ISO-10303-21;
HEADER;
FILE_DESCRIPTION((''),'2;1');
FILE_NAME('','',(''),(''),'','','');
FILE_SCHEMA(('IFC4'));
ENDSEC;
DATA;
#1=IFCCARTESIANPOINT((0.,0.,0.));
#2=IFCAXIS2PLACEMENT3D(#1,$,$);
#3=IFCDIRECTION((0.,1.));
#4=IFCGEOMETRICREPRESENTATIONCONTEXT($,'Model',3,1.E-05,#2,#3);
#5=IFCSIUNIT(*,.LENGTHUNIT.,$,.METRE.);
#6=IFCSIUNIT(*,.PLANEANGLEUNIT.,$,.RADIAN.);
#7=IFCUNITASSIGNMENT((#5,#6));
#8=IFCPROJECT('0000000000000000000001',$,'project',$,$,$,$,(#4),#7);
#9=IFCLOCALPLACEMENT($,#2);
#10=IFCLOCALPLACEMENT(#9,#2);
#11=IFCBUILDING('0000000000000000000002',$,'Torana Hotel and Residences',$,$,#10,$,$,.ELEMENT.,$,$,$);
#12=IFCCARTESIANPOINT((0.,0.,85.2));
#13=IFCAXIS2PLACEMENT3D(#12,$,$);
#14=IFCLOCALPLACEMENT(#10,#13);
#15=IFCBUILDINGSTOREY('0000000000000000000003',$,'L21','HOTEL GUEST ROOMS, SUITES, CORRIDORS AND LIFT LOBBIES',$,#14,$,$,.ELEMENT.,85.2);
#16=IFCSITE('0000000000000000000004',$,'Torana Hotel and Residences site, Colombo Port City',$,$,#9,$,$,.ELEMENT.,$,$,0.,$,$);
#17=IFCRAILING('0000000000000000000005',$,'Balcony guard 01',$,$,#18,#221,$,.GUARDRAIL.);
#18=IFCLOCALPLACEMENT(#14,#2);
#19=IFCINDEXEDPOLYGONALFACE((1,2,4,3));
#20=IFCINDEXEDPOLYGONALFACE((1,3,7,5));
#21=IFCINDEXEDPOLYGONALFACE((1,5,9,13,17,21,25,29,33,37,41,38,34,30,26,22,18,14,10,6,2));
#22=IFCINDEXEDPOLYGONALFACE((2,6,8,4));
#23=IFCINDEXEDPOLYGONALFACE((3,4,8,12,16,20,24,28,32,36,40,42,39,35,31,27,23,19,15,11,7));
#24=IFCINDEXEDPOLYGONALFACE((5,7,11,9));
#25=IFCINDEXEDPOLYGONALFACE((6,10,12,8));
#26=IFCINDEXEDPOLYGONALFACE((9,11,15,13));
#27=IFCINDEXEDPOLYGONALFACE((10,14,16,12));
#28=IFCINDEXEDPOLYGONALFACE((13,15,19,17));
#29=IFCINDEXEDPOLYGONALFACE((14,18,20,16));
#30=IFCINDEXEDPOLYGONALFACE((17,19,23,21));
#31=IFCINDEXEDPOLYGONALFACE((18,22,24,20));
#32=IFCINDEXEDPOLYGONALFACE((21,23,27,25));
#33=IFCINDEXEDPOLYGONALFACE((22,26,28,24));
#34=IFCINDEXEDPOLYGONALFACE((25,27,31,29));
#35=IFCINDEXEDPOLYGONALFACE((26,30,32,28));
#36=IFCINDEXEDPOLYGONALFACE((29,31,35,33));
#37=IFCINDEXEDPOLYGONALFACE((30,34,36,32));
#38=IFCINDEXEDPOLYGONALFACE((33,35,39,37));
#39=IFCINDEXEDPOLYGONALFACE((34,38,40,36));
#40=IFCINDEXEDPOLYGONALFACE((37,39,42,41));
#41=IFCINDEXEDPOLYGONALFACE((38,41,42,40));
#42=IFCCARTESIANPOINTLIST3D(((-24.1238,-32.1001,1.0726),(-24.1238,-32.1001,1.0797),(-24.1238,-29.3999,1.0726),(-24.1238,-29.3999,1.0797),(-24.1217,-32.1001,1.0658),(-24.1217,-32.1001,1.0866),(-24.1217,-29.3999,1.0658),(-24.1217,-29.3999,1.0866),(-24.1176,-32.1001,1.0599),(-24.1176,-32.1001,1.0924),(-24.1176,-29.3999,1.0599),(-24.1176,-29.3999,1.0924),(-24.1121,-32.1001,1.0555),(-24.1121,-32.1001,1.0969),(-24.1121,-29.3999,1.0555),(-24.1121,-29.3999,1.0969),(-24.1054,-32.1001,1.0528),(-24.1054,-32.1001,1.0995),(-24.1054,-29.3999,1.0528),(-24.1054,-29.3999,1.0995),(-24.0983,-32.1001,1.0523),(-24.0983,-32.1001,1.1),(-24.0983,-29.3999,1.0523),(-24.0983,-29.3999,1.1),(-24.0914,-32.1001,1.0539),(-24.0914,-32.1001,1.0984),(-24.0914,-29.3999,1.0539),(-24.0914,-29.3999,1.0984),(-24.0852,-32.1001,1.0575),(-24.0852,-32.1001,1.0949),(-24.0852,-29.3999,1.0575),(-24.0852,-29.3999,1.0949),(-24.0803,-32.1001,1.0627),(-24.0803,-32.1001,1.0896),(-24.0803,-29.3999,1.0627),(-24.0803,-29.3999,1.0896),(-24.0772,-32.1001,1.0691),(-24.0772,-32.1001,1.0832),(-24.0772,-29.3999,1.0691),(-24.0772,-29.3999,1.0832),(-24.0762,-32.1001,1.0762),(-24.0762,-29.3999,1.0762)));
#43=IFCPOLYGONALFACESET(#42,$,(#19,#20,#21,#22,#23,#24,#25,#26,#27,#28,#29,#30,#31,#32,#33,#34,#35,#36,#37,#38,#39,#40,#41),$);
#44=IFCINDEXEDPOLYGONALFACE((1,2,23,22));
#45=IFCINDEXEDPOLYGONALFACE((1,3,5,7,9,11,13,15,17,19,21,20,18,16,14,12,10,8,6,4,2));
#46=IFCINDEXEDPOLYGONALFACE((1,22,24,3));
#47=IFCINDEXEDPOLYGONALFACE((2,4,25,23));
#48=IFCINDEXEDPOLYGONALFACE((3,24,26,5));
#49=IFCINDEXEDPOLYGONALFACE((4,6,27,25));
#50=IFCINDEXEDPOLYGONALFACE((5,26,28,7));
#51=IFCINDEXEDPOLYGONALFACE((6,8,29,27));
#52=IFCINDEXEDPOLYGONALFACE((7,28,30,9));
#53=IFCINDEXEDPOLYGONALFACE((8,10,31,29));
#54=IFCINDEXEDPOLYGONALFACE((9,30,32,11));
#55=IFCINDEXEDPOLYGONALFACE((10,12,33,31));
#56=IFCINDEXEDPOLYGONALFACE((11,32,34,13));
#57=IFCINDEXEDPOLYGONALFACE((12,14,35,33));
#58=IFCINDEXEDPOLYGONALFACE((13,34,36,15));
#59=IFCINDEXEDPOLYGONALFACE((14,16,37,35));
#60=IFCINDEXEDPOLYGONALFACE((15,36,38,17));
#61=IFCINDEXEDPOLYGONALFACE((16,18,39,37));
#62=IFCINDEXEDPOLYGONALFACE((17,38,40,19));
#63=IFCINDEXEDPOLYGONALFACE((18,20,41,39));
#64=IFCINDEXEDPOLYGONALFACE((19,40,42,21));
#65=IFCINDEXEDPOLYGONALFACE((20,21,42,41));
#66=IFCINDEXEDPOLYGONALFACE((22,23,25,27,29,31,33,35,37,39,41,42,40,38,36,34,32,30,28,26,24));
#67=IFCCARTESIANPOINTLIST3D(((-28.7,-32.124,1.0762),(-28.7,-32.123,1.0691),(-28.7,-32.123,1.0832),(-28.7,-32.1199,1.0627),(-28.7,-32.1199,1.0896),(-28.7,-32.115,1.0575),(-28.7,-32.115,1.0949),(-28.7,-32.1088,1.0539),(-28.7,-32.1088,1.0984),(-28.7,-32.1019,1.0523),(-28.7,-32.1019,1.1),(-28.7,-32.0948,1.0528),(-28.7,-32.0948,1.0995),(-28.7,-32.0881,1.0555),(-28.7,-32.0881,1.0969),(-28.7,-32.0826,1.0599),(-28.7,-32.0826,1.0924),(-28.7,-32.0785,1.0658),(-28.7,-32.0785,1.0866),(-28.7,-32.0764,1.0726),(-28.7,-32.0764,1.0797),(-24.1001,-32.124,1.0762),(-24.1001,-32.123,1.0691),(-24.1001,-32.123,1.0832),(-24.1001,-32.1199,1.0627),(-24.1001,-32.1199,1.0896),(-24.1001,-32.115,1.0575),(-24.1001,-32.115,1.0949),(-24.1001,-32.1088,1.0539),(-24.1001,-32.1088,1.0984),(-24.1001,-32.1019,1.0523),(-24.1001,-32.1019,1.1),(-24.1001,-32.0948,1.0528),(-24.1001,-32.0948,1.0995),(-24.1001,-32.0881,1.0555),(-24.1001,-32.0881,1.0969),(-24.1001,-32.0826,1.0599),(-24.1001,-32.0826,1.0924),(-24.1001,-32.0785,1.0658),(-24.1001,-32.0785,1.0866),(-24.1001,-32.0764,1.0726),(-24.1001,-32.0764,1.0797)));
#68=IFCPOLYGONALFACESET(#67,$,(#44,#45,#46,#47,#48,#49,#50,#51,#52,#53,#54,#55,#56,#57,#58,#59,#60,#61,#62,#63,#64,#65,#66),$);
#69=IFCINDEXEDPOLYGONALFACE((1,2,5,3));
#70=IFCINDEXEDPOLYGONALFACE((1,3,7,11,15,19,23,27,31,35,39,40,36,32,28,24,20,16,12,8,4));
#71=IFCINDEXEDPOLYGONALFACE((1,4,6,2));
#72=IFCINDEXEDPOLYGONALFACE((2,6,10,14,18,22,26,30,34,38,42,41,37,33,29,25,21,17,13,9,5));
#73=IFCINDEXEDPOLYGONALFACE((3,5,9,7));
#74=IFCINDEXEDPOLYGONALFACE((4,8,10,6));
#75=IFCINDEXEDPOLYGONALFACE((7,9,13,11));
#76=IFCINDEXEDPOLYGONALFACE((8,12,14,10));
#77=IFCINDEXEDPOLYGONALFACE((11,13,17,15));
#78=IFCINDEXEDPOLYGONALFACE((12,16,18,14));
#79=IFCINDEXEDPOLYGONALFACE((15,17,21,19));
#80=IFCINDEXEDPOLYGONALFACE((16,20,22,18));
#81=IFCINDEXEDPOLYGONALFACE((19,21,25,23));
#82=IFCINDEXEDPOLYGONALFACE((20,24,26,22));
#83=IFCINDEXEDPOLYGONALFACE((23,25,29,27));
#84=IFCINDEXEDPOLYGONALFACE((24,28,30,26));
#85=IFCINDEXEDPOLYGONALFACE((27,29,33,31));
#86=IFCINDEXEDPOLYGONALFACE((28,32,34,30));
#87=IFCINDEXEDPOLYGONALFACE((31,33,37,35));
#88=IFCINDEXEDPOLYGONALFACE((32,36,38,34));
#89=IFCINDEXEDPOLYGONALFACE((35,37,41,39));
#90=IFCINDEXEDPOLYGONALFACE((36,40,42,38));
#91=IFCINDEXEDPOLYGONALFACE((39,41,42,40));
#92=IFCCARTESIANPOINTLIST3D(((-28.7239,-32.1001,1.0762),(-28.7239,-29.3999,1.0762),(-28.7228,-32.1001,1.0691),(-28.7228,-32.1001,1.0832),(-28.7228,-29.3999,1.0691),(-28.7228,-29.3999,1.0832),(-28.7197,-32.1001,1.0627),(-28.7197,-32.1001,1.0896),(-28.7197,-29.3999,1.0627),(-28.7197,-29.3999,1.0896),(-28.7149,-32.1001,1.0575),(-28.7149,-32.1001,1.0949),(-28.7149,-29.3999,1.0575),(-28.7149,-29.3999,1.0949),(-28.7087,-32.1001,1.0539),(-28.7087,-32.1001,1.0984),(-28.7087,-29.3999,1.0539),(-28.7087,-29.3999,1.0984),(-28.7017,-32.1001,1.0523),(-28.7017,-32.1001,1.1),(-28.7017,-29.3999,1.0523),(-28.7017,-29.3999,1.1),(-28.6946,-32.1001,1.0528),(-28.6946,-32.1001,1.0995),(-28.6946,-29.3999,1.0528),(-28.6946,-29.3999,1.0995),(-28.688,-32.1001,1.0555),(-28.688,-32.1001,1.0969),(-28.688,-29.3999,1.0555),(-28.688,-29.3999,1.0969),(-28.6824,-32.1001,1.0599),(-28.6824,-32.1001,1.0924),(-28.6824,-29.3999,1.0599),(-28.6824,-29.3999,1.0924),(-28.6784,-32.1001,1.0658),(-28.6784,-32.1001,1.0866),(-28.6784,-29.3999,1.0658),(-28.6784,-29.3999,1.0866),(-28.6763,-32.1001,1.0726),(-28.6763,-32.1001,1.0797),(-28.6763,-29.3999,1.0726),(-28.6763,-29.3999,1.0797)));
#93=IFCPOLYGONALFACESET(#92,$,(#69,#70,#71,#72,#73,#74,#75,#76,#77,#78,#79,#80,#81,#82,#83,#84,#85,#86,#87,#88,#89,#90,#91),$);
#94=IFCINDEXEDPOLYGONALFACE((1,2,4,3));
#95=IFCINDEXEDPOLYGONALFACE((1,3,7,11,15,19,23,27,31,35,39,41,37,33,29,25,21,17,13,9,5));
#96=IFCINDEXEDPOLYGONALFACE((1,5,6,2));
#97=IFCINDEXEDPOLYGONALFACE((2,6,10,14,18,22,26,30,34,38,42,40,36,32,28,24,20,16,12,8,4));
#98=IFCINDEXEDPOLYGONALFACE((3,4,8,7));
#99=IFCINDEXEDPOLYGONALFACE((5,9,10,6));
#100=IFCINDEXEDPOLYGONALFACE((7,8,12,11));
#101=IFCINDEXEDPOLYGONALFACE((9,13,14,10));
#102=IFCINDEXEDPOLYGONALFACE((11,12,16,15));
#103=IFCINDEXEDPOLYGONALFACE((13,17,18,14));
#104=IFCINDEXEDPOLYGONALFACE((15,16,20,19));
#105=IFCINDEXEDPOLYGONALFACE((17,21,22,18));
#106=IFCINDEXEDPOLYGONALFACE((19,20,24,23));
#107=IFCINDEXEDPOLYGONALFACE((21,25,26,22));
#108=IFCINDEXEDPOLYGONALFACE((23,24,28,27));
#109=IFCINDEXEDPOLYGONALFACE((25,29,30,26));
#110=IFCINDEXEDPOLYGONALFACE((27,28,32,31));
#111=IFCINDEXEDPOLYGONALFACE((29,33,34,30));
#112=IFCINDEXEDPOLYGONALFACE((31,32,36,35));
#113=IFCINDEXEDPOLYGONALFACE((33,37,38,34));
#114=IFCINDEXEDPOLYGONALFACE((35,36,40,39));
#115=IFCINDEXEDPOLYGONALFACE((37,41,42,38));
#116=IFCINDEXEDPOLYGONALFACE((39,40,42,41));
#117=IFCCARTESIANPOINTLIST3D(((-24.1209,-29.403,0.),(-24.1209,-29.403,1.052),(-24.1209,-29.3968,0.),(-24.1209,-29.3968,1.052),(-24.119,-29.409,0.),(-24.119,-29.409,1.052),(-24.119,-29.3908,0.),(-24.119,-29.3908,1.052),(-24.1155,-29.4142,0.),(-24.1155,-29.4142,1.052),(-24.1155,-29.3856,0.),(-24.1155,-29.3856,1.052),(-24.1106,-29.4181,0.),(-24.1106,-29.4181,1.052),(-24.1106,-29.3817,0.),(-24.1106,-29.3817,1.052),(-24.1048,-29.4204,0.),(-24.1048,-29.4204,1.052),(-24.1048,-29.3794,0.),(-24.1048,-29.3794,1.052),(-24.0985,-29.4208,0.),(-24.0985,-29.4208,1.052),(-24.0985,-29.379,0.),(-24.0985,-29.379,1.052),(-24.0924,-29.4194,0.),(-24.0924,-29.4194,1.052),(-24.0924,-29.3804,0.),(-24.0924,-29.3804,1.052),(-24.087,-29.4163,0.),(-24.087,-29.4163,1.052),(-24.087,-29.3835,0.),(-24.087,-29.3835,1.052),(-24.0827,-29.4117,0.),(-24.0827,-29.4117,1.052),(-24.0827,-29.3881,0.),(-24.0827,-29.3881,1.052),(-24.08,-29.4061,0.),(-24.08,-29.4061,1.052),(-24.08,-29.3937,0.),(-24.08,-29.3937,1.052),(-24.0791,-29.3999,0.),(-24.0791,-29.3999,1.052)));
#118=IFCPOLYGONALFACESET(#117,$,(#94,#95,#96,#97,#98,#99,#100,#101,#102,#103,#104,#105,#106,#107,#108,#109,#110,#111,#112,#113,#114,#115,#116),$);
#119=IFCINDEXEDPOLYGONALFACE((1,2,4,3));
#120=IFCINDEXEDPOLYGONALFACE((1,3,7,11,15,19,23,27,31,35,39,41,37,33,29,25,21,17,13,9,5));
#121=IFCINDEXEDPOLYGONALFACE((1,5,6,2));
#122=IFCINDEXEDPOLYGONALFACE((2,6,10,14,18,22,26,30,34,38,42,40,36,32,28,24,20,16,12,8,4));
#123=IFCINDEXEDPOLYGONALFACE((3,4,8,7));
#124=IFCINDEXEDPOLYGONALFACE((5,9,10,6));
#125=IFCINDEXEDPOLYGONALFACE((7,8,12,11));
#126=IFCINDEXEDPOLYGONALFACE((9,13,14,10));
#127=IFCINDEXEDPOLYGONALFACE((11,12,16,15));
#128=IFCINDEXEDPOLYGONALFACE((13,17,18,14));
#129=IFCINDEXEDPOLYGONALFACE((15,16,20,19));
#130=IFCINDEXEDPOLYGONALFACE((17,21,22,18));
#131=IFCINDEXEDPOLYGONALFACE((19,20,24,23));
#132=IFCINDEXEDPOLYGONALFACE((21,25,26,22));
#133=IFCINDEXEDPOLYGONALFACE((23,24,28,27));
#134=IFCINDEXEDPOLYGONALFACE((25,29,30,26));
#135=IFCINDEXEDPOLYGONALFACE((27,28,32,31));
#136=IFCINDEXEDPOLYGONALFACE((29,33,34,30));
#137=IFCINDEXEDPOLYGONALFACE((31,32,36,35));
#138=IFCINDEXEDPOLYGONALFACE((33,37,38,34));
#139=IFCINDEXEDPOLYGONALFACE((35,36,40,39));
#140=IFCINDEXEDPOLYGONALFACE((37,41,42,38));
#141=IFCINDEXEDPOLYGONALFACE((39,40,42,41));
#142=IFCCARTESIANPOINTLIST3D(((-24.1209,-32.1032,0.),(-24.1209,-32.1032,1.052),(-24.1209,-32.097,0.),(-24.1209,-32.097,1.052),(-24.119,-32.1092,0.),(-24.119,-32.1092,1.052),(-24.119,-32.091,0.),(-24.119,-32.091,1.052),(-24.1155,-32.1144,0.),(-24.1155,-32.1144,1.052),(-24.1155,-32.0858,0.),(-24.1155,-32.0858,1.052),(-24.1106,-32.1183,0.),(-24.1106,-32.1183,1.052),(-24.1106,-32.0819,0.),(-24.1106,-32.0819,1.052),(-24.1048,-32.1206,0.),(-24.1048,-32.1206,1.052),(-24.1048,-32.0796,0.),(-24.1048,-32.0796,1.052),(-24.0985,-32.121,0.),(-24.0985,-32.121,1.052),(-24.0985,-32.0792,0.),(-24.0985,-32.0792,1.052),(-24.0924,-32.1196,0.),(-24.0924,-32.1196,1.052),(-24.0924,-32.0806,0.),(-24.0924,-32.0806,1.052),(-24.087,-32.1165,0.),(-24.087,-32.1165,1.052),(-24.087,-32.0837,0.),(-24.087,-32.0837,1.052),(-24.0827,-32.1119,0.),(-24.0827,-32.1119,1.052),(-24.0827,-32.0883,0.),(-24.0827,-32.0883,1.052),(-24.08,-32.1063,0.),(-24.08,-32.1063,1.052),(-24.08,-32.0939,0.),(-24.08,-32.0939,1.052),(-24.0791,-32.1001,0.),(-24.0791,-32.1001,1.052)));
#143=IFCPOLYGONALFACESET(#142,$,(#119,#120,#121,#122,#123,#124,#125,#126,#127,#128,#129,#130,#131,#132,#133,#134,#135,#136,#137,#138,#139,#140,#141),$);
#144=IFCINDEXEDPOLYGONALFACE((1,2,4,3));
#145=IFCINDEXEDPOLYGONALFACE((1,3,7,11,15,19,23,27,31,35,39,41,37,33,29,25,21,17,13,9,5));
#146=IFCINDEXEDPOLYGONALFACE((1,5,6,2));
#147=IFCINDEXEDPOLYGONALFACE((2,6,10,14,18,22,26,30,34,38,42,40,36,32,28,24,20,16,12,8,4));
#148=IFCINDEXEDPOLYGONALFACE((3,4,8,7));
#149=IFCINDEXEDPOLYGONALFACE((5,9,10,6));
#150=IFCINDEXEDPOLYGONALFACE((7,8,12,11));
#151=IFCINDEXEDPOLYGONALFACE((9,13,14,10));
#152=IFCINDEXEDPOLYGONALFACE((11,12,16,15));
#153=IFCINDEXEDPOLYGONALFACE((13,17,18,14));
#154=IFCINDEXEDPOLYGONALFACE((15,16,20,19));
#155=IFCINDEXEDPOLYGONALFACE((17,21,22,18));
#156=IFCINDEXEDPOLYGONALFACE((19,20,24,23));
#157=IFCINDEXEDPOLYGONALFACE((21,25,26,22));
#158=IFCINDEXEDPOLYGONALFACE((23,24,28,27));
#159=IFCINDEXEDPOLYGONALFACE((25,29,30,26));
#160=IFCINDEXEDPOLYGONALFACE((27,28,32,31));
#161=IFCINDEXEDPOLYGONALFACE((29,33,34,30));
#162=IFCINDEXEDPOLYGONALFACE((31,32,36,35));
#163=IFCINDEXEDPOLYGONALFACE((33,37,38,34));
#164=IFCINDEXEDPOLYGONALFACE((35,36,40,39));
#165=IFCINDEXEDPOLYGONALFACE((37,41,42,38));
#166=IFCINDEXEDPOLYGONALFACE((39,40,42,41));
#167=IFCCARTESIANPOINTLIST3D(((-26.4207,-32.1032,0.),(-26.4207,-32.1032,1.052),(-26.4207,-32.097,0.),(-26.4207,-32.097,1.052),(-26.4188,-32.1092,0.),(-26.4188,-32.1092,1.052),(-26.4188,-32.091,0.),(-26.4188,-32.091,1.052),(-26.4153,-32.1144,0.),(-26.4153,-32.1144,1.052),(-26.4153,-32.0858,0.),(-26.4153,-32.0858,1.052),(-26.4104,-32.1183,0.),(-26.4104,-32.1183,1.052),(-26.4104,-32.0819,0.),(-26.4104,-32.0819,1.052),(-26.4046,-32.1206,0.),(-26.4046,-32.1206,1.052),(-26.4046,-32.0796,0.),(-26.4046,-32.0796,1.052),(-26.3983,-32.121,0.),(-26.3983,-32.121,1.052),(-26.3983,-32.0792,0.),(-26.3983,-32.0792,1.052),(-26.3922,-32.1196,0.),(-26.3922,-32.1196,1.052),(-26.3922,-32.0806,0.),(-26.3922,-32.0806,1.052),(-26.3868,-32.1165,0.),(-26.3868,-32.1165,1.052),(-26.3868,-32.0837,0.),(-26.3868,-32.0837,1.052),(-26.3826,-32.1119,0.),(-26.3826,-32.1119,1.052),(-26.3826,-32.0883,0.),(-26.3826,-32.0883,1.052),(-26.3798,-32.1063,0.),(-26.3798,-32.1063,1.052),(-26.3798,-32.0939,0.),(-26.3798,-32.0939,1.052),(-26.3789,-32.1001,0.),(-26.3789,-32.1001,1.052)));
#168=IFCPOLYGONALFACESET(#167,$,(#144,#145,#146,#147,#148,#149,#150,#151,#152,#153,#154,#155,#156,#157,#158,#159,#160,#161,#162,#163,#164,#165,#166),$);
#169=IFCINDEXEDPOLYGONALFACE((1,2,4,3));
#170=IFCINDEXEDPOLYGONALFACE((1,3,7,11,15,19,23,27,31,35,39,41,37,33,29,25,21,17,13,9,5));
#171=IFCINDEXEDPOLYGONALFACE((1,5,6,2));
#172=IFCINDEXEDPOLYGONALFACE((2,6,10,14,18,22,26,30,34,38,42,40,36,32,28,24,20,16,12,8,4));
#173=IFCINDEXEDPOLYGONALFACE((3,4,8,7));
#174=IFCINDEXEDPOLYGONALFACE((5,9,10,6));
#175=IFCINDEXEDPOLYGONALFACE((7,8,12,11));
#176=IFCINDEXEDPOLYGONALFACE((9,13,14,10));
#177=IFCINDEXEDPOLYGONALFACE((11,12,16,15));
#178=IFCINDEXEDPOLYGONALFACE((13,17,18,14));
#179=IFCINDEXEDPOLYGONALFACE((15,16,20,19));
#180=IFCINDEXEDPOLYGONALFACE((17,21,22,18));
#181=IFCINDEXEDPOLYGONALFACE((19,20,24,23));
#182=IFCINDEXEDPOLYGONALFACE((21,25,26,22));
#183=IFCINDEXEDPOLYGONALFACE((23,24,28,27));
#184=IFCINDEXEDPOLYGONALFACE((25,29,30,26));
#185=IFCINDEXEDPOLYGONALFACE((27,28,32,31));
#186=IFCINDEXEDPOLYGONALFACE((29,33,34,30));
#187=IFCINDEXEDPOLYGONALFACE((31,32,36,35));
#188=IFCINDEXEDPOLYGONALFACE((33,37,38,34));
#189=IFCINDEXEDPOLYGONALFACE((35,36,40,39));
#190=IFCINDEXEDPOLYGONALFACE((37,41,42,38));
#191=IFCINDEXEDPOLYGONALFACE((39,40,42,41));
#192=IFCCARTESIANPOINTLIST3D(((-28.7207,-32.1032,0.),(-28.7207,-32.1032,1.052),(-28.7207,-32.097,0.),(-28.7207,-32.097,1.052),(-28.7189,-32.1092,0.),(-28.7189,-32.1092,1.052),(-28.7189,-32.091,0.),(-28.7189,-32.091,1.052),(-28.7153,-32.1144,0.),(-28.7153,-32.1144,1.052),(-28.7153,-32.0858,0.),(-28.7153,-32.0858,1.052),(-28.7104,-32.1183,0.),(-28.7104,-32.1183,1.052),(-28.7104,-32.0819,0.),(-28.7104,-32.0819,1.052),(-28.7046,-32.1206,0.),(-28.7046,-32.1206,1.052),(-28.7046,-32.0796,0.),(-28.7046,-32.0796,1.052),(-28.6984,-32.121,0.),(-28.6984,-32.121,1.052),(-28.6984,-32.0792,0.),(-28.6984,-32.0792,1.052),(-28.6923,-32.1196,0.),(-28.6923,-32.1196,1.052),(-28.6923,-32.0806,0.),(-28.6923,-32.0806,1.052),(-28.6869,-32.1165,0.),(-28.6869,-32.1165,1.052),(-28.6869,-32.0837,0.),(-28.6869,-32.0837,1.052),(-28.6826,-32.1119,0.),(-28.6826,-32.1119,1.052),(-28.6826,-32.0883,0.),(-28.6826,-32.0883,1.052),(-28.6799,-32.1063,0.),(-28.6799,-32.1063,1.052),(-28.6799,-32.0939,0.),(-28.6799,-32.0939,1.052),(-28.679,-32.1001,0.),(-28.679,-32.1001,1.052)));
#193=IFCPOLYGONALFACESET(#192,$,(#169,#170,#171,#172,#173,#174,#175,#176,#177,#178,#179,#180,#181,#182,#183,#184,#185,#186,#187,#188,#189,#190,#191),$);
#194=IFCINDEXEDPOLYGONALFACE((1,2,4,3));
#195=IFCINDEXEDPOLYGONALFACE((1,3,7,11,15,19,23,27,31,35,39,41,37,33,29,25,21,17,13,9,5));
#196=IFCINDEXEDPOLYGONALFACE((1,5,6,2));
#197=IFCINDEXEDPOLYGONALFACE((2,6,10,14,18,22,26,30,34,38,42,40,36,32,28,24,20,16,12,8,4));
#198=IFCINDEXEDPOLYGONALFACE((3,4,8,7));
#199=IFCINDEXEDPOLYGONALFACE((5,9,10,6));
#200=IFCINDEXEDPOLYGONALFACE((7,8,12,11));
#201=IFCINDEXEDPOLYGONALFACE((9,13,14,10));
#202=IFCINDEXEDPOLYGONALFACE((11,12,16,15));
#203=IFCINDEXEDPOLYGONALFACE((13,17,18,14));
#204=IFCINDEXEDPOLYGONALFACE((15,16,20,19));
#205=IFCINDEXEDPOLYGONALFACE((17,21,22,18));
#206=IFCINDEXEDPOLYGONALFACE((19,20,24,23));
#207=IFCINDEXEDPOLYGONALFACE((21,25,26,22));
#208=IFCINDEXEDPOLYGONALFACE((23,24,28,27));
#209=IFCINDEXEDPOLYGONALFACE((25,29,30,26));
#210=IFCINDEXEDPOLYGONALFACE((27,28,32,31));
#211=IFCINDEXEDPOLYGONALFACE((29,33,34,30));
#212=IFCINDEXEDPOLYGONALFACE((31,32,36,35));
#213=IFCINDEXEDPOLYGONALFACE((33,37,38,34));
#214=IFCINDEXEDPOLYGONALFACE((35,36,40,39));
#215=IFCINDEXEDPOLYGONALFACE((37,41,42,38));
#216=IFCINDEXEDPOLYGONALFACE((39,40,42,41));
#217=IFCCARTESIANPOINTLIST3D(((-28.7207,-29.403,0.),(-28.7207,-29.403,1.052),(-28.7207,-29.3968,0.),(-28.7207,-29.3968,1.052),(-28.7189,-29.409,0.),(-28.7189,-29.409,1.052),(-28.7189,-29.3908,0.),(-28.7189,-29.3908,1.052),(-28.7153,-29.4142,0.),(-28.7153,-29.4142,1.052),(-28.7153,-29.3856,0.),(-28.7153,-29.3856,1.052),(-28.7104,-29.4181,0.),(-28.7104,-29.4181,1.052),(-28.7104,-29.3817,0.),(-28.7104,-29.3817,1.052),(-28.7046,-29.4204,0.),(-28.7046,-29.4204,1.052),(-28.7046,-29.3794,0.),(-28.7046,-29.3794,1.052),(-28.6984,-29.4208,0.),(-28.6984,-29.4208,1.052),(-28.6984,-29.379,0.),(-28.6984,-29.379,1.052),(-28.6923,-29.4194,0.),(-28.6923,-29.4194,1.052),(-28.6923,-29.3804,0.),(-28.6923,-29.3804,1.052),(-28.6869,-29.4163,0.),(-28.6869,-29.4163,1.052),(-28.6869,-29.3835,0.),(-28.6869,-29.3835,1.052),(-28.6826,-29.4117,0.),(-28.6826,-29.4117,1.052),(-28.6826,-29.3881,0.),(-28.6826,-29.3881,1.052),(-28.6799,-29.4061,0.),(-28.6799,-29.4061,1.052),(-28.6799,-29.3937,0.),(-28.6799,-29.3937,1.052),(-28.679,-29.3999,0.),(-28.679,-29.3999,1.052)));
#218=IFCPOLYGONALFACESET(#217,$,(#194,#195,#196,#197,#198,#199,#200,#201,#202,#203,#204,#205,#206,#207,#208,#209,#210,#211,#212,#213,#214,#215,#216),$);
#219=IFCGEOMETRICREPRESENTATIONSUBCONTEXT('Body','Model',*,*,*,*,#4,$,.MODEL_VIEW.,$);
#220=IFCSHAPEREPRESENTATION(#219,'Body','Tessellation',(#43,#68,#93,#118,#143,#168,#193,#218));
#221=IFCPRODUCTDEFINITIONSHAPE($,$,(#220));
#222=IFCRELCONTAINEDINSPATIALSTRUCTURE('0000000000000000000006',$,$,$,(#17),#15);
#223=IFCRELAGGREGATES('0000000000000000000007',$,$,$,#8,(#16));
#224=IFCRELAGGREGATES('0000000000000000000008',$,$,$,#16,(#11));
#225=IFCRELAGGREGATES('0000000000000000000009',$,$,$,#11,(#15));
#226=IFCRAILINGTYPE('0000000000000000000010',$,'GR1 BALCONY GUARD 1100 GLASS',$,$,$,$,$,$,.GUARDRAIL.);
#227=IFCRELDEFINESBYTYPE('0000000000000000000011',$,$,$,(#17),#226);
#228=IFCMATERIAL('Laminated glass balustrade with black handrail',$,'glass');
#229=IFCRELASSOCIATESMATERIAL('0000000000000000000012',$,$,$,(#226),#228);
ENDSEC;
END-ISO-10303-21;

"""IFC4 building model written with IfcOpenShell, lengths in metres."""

from ifc_helpers import new_model, si_unit, direction, frame, origin, origin_2d, place, context, subcontext, project, spatial, circle, extrude, material, type_object, element, save


model = new_model("IFC4")

# Units and contexts
model_context = context("Model", 3, precision=1e-05, world=origin(), true_north=direction((0.0, 1.0)))
body_context = subcontext(model_context, "Body", "Model", "MODEL_VIEW")
ifc_project = project(units=[si_unit("LENGTHUNIT", "METRE"), si_unit("PLANEANGLEUNIT", "RADIAN")], contexts=[model_context])

# Site, building, storey
site_placement = place(None, origin())
site = spatial("IfcSite", under=ifc_project, at=site_placement, Name="Torana Hotel and Residences site, Colombo Port City", CompositionType="ELEMENT", RefElevation=0.0)
building_placement = place(site_placement, origin())
building = spatial("IfcBuilding", under=site, at=building_placement, Name="Torana Hotel and Residences", CompositionType="ELEMENT")
storey_placement = place(building_placement, frame((0.0, 0.0, 85.2)))
storey = spatial("IfcBuildingStorey", under=building, at=storey_placement, Name="L21", Description="HOTEL GUEST ROOMS, SUITES, CORRIDORS AND LIFT LOBBIES", CompositionType="ELEMENT", Elevation=85.2)

# Railing
ifc_material_1 = material(Name="Laminated glass balustrade with black handrail", Category="glass")
railing_type = type_object("IfcRailingType", Name="GR1 BALCONY GUARD 1100 GLASS", PredefinedType="GUARDRAIL", material=ifc_material_1)
railing_placement = place(storey_placement, frame((-24.1001, -29.3999, 0.0)))
element("IfcRailing", 1, at=railing_placement, inside=storey, type_object=railing_type, Name="Balcony guard 01", PredefinedType="GUARDRAIL", context=body_context, shape_type="SweptSolid", body=[
    extrude(circle(Radius=0.0239, at=origin_2d()), frame((0.0, 0.0, 1.0762), z_axis=(0.0, -1.0, 0.0), x_axis=(1.0, 0.0, 0.0)), (0.0, 0.0, 1.0), 2.7002),
    extrude(circle(Radius=0.0239, at=origin_2d()), frame((0.0, -2.7002, 1.0762), z_axis=(-1.0, 0.0, 0.0), x_axis=(0.0, -1.0, 0.0)), (0.0, 0.0, 1.0), 4.5999),
    extrude(circle(Radius=0.0239, at=origin_2d()), frame((-4.5999, -2.7002, 1.0762), z_axis=(0.0, 1.0, 0.0), x_axis=(-1.0, 0.0, 0.0)), (0.0, 0.0, 1.0), 2.7002),
    extrude(circle(Radius=0.021, at=origin_2d()), origin(), (0.0, 0.0, 1.0), 1.052),
    extrude(circle(Radius=0.021, at=origin_2d()), frame((0.0, -2.7002, 0.0)), (0.0, 0.0, 1.0), 1.052),
    extrude(circle(Radius=0.021, at=origin_2d()), frame((-2.2998, -2.7002, 0.0)), (0.0, 0.0, 1.0), 1.052),
    extrude(circle(Radius=0.021, at=origin_2d()), frame((-4.5999, -2.7002, 0.0)), (0.0, 0.0, 1.0), 1.052),
    extrude(circle(Radius=0.021, at=origin_2d()), frame((-4.5999, 0.0, 0.0)), (0.0, 0.0, 1.0), 1.052),
])

save(model, "model.ifc")
